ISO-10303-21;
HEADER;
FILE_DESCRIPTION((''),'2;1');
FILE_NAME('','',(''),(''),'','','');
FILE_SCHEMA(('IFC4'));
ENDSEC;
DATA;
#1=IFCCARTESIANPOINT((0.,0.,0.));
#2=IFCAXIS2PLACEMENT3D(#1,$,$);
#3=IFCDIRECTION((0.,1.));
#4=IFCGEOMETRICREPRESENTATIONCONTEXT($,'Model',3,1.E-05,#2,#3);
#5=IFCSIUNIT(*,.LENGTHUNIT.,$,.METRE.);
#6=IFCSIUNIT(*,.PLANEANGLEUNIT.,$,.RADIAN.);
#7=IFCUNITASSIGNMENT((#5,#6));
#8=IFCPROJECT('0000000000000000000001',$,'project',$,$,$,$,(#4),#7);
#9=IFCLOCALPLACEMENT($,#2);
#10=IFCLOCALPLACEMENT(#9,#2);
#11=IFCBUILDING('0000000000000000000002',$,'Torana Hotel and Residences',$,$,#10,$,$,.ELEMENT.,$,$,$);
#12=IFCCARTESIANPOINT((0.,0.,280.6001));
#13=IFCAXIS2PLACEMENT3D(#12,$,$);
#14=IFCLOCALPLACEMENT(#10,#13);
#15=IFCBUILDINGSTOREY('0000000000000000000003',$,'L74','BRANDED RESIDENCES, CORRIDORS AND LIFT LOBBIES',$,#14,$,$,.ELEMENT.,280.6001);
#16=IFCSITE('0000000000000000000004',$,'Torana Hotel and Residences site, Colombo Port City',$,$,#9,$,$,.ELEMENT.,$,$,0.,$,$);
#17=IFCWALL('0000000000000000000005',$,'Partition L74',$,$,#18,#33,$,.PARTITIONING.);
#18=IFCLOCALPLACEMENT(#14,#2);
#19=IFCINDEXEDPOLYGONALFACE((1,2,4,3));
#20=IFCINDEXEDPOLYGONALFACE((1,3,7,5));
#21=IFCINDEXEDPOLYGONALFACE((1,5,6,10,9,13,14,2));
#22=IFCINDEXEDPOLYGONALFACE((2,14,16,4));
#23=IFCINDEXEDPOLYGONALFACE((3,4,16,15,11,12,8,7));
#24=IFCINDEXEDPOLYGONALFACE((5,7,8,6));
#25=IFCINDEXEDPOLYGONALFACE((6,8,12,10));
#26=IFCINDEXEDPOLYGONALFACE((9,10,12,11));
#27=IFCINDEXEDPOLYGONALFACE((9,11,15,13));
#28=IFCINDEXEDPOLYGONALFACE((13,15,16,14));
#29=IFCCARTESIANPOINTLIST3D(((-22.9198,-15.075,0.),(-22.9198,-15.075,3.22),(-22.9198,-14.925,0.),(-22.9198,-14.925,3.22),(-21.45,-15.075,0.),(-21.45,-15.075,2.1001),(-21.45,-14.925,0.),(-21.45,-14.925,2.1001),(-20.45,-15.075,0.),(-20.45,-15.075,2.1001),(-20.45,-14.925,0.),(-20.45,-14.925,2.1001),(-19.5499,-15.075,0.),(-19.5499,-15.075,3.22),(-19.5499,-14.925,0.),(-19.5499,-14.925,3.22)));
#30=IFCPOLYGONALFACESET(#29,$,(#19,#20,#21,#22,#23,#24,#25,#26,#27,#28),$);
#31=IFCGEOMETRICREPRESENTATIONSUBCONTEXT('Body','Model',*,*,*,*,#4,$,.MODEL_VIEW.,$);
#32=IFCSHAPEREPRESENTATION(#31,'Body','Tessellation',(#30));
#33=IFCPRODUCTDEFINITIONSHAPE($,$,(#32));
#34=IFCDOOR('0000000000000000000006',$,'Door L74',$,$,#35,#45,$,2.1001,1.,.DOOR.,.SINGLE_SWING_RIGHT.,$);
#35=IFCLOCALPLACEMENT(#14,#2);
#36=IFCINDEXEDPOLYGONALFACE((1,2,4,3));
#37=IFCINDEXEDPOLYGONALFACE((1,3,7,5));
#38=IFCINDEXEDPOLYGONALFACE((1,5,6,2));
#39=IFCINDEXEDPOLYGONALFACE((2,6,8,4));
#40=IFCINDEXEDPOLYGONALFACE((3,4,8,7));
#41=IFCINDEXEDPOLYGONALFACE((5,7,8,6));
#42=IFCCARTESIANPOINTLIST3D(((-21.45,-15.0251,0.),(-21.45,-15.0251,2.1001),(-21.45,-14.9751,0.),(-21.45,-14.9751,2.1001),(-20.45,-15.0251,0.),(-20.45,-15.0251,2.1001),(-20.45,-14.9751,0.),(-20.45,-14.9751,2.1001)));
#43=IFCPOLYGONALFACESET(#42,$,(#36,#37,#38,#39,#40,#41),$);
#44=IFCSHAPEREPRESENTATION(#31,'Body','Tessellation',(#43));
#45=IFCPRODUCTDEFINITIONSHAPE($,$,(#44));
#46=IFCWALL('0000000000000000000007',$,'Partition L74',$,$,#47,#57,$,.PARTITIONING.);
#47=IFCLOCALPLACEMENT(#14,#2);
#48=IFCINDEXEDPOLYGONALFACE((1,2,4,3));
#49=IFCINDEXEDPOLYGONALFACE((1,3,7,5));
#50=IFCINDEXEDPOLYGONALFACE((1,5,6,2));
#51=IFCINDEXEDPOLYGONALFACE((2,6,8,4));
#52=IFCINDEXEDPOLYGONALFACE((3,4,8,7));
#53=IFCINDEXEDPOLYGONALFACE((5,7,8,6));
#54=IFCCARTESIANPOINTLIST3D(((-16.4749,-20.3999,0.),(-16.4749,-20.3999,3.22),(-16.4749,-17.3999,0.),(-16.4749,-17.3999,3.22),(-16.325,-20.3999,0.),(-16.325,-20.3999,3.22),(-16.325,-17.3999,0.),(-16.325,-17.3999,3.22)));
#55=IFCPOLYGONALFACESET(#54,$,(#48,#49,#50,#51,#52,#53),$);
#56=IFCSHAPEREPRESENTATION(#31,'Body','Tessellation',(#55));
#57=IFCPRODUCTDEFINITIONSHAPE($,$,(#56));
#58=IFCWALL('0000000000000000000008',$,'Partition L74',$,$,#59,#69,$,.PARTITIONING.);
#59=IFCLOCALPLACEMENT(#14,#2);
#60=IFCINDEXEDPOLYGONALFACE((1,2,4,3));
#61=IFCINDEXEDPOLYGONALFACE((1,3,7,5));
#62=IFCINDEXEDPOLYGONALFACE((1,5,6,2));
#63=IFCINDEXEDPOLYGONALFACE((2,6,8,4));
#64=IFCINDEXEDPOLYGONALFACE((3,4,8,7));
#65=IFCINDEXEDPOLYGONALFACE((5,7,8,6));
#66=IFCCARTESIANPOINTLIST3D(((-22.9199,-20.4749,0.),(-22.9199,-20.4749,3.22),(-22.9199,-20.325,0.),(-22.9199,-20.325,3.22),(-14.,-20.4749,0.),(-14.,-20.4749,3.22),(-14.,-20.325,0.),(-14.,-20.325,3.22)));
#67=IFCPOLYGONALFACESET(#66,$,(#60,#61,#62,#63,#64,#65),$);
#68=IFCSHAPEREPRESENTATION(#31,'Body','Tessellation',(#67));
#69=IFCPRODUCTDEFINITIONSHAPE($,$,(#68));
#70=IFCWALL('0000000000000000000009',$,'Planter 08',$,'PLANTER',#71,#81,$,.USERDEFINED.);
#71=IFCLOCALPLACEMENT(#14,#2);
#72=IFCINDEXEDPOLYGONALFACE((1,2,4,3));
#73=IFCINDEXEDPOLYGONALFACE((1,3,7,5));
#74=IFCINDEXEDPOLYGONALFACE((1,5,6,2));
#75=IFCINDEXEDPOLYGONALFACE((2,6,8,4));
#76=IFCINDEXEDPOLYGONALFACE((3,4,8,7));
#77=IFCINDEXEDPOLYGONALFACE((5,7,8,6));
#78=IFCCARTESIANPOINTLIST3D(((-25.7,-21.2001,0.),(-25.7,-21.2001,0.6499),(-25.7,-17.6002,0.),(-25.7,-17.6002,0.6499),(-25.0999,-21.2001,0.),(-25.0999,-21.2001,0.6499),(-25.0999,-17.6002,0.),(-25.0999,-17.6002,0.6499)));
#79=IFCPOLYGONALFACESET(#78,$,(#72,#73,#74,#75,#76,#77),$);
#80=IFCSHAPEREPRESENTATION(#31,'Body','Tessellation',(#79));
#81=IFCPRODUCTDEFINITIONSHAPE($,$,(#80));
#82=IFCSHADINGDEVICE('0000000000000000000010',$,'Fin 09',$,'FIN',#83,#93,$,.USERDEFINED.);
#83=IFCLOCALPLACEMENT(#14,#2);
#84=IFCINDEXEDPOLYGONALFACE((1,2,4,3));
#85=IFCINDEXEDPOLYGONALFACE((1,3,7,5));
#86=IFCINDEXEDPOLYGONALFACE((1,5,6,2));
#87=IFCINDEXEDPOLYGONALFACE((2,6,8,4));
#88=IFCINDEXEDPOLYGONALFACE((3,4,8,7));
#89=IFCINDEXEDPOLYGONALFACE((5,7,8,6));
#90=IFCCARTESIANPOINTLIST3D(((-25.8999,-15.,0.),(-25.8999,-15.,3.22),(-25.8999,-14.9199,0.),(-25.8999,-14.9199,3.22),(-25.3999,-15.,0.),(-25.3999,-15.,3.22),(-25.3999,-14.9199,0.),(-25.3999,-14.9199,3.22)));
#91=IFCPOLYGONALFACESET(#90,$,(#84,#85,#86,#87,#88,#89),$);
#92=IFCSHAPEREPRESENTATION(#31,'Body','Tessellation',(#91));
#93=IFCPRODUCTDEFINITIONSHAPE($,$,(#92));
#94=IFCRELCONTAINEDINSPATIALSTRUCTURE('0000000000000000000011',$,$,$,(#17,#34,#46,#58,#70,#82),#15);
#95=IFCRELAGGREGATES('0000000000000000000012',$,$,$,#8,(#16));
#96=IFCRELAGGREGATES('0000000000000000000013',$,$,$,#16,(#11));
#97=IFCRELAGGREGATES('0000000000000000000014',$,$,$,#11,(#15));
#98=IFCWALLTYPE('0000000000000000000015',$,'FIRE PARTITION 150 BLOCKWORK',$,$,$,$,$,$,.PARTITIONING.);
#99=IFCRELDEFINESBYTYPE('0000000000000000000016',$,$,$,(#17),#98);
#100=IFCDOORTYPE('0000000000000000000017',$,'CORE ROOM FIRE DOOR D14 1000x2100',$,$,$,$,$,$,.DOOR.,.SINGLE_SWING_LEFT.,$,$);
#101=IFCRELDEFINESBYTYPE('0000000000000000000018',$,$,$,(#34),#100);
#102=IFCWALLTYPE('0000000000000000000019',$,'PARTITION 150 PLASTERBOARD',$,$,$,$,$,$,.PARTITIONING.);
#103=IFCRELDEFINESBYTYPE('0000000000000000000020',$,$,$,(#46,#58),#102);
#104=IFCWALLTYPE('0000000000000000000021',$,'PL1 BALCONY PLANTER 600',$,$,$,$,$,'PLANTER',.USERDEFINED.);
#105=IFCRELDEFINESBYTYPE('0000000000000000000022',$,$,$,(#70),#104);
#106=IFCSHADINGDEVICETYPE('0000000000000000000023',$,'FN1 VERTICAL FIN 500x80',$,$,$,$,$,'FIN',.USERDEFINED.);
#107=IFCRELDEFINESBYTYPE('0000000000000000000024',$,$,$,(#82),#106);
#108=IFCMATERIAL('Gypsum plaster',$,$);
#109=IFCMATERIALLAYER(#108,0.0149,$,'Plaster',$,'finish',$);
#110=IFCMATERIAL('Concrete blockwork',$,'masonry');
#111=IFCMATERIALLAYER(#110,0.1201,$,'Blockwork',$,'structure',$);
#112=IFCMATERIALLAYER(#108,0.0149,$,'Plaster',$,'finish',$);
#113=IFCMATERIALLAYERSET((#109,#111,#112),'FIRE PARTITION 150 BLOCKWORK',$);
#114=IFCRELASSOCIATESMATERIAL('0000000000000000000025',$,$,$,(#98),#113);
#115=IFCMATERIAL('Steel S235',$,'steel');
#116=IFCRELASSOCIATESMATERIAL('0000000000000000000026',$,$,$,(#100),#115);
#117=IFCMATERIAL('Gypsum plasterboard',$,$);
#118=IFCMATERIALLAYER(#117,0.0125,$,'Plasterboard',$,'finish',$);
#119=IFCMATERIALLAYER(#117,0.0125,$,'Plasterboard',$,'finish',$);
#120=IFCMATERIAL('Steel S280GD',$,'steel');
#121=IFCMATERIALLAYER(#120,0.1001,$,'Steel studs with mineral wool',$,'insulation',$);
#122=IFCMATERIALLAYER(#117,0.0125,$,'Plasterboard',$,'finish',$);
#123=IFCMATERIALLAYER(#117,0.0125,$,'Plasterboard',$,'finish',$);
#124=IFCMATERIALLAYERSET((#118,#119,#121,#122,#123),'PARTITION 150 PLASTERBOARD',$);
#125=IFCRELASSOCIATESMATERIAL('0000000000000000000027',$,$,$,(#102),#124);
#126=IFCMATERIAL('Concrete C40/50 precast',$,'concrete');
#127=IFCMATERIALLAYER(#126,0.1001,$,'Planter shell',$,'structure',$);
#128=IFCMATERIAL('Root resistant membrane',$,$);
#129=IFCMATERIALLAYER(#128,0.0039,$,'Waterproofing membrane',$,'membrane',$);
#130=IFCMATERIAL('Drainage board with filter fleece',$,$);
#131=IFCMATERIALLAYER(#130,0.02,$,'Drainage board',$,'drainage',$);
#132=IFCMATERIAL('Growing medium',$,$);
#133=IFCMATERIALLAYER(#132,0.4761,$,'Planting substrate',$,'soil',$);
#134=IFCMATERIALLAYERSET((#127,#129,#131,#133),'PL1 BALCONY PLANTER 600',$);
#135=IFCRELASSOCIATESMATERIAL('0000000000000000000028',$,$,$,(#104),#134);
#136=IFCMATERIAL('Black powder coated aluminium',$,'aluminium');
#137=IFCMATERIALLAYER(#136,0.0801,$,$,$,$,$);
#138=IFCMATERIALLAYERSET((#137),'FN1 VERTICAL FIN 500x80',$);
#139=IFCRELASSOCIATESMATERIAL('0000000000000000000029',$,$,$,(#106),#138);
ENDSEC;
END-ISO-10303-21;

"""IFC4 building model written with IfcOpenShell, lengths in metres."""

from ifc_helpers import new_model, si_unit, direction, frame, frame_2d, origin, origin_2d, place, context, subcontext, project, spatial, rectangle, extrude, material, layer, layer_set, type_object, element, fill, save


model = new_model("IFC4")

# Units and contexts
model_context = context("Model", 3, precision=1e-05, world=origin(), true_north=direction((0.0, 1.0)))
body_context = subcontext(model_context, "Body", "Model", "MODEL_VIEW")
ifc_project = project(units=[si_unit("LENGTHUNIT", "METRE"), si_unit("PLANEANGLEUNIT", "RADIAN")], contexts=[model_context])

# Site, building, storey
site_placement = place(None, origin())
site = spatial("IfcSite", under=ifc_project, at=site_placement, Name="Torana Hotel and Residences site, Colombo Port City", CompositionType="ELEMENT", RefElevation=0.0)
building_placement = place(site_placement, origin())
building = spatial("IfcBuilding", under=site, at=building_placement, Name="Torana Hotel and Residences", CompositionType="ELEMENT")
storey_placement = place(building_placement, frame((0.0, 0.0, 280.6001)))
storey = spatial("IfcBuildingStorey", under=building, at=storey_placement, Name="L74", Description="BRANDED RESIDENCES, CORRIDORS AND LIFT LOBBIES", CompositionType="ELEMENT", Elevation=280.6001)

# Shared definitions
ifc_material_1 = material(Name="Gypsum plaster")
ifc_layer_1 = layer(ifc_material_1, 0.0149, Name="Plaster", Category="finish")
ifc_material_2 = material(Name="Concrete blockwork", Category="masonry")
ifc_layer_2 = layer(ifc_material_2, 0.1201, Name="Blockwork", Category="structure")
ifc_layer_3 = layer(ifc_material_1, 0.0149, Name="Plaster", Category="finish")
ifc_layer_set_1 = layer_set([ifc_layer_1, ifc_layer_2, ifc_layer_3], Name="FIRE PARTITION 150 BLOCKWORK")
wall_type_1 = type_object("IfcWallType", Name="FIRE PARTITION 150 BLOCKWORK", PredefinedType="PARTITIONING", material=ifc_layer_set_1)

# Wall, opening, door
wall_1_placement = place(storey_placement, frame((-22.9199, -15.0, 0.0), z_axis=(0.0, 0.0, 1.0), x_axis=(1.0, 0.0, 0.0)))
wall_1 = element("IfcWall", 1, at=wall_1_placement, inside=storey, type_object=wall_type_1, Name="Partition L74", PredefinedType="PARTITIONING", context=body_context, shape_type="SweptSolid", body=[
    extrude(rectangle(XDim=3.3699, YDim=0.1499, at=frame_2d((1.6851, 0.0))), origin(), (0.0, 0.0, 1.0), 3.22),
])
opening_1_placement = place(wall_1_placement, frame((1.47, 0.0, 0.0)))
opening_1 = element("IfcOpeningElement", 2, at=opening_1_placement, cuts=wall_1, PredefinedType="OPENING", context=body_context, shape_type="SweptSolid", body=[
    extrude(rectangle(XDim=1.0, YDim=2.1001, at=frame_2d((0.5, 1.05))), frame((0.0, 0.085, 0.0), z_axis=(0.0, -1.0, 0.0), x_axis=(1.0, 0.0, 0.0)), (0.0, 0.0, 1.0), 0.1699),
])
ifc_material_3 = material(Name="Steel S235", Category="steel")
door_type_1 = type_object("IfcDoorType", Name="CORE ROOM FIRE DOOR D14 1000x2100", OperationType="SINGLE_SWING_LEFT", PredefinedType="DOOR", material=ifc_material_3)
door_1_placement = place(opening_1_placement, origin())
door_1 = element("IfcDoor", 3, at=door_1_placement, inside=storey, type_object=door_type_1, Name="Door L74", OperationType="SINGLE_SWING_RIGHT", OverallHeight=2.1001, OverallWidth=1.0, PredefinedType="DOOR", context=body_context, shape_type="SweptSolid", body=[
    extrude(rectangle(XDim=1.0, YDim=2.1001, at=frame_2d((0.5, 1.05))), frame((0.0, 0.0249, 0.0), z_axis=(0.0, -1.0, 0.0), x_axis=(1.0, 0.0, 0.0)), (0.0, 0.0, 1.0), 0.05),
])
fill(opening_1, door_1)

# Walls
ifc_material_4 = material(Name="Gypsum plasterboard")
ifc_layer_4 = layer(ifc_material_4, 0.0125, Name="Plasterboard", Category="finish")
ifc_layer_5 = layer(ifc_material_4, 0.0125, Name="Plasterboard", Category="finish")
ifc_material_5 = material(Name="Steel S280GD", Category="steel")
ifc_layer_6 = layer(ifc_material_5, 0.1001, Name="Steel studs with mineral wool", Category="insulation")
ifc_layer_7 = layer(ifc_material_4, 0.0125, Name="Plasterboard", Category="finish")
ifc_layer_8 = layer(ifc_material_4, 0.0125, Name="Plasterboard", Category="finish")
ifc_layer_set_2 = layer_set([ifc_layer_4, ifc_layer_5, ifc_layer_6, ifc_layer_7, ifc_layer_8], Name="PARTITION 150 PLASTERBOARD")
wall_type_2 = type_object("IfcWallType", Name="PARTITION 150 PLASTERBOARD", PredefinedType="PARTITIONING", material=ifc_layer_set_2)
wall_2_placement = place(storey_placement, frame((-16.3999, -20.3999, 0.0), z_axis=(0.0, 0.0, 1.0), x_axis=(0.0, 1.0, 0.0)))
element("IfcWall", 4, at=wall_2_placement, inside=storey, type_object=wall_type_2, Name="Partition L74", PredefinedType="PARTITIONING", context=body_context, shape_type="SweptSolid", body=[
    extrude(rectangle(XDim=3.0, YDim=0.1499, at=frame_2d((1.5, 0.0))), origin(), (0.0, 0.0, 1.0), 3.22),
])
wall_3_placement = place(storey_placement, frame((-22.9199, -20.3999, 0.0), z_axis=(0.0, 0.0, 1.0), x_axis=(1.0, 0.0, 0.0)))
element("IfcWall", 5, at=wall_3_placement, inside=storey, type_object=wall_type_2, Name="Partition L74", PredefinedType="PARTITIONING", context=body_context, shape_type="SweptSolid", body=[
    extrude(rectangle(XDim=8.9199, YDim=0.1499, at=frame_2d((4.46, 0.0))), origin(), (0.0, 0.0, 1.0), 3.22),
])
ifc_material_6 = material(Name="Concrete C40/50 precast", Category="concrete")
ifc_layer_9 = layer(ifc_material_6, 0.1001, Name="Planter shell", Category="structure")
ifc_material_7 = material(Name="Root resistant membrane")
ifc_layer_10 = layer(ifc_material_7, 0.0039, Name="Waterproofing membrane", Category="membrane")
ifc_material_8 = material(Name="Drainage board with filter fleece")
ifc_layer_11 = layer(ifc_material_8, 0.02, Name="Drainage board", Category="drainage")
ifc_material_9 = material(Name="Growing medium")
ifc_layer_12 = layer(ifc_material_9, 0.4761, Name="Planting substrate", Category="soil")
ifc_layer_set_3 = layer_set([ifc_layer_9, ifc_layer_10, ifc_layer_11, ifc_layer_12], Name="PL1 BALCONY PLANTER 600")
wall_type_3 = type_object("IfcWallType", Name="PL1 BALCONY PLANTER 600", ElementType="PLANTER", PredefinedType="USERDEFINED", material=ifc_layer_set_3)
wall_4_placement = place(storey_placement, frame((-25.3999, -21.2, 0.0), z_axis=(0.0, 0.0, 1.0), x_axis=(0.0, 1.0, 0.0)))
element("IfcWall", 6, at=wall_4_placement, inside=storey, type_object=wall_type_3, Name="Planter 08", ObjectType="PLANTER", PredefinedType="USERDEFINED", context=body_context, shape_type="SweptSolid", body=[
    extrude(rectangle(XDim=3.5999, YDim=0.6001, at=frame_2d((1.7998, 0.0))), origin(), (0.0, 0.0, 1.0), 0.6499),
])

# Shading device
ifc_material_10 = material(Name="Black powder coated aluminium", Category="aluminium")
ifc_layer_13 = layer(ifc_material_10, 0.0801)
ifc_layer_set_4 = layer_set([ifc_layer_13], Name="FN1 VERTICAL FIN 500x80")
shading_device_type = type_object("IfcShadingDeviceType", Name="FN1 VERTICAL FIN 500x80", ElementType="FIN", PredefinedType="USERDEFINED", material=ifc_layer_set_4)
shading_device_placement = place(storey_placement, frame((-25.6499, -14.96, 0.0), z_axis=(0.0, 0.0, 1.0), x_axis=(0.0, 1.0, 0.0)))
element("IfcShadingDevice", 7, at=shading_device_placement, inside=storey, type_object=shading_device_type, Name="Fin 09", ObjectType="FIN", PredefinedType="USERDEFINED", context=body_context, shape_type="SweptSolid", body=[
    extrude(rectangle(XDim=0.0801, YDim=0.5, at=origin_2d()), origin(), (0.0, 0.0, 1.0), 3.22),
])

save(model, "model.ifc")
